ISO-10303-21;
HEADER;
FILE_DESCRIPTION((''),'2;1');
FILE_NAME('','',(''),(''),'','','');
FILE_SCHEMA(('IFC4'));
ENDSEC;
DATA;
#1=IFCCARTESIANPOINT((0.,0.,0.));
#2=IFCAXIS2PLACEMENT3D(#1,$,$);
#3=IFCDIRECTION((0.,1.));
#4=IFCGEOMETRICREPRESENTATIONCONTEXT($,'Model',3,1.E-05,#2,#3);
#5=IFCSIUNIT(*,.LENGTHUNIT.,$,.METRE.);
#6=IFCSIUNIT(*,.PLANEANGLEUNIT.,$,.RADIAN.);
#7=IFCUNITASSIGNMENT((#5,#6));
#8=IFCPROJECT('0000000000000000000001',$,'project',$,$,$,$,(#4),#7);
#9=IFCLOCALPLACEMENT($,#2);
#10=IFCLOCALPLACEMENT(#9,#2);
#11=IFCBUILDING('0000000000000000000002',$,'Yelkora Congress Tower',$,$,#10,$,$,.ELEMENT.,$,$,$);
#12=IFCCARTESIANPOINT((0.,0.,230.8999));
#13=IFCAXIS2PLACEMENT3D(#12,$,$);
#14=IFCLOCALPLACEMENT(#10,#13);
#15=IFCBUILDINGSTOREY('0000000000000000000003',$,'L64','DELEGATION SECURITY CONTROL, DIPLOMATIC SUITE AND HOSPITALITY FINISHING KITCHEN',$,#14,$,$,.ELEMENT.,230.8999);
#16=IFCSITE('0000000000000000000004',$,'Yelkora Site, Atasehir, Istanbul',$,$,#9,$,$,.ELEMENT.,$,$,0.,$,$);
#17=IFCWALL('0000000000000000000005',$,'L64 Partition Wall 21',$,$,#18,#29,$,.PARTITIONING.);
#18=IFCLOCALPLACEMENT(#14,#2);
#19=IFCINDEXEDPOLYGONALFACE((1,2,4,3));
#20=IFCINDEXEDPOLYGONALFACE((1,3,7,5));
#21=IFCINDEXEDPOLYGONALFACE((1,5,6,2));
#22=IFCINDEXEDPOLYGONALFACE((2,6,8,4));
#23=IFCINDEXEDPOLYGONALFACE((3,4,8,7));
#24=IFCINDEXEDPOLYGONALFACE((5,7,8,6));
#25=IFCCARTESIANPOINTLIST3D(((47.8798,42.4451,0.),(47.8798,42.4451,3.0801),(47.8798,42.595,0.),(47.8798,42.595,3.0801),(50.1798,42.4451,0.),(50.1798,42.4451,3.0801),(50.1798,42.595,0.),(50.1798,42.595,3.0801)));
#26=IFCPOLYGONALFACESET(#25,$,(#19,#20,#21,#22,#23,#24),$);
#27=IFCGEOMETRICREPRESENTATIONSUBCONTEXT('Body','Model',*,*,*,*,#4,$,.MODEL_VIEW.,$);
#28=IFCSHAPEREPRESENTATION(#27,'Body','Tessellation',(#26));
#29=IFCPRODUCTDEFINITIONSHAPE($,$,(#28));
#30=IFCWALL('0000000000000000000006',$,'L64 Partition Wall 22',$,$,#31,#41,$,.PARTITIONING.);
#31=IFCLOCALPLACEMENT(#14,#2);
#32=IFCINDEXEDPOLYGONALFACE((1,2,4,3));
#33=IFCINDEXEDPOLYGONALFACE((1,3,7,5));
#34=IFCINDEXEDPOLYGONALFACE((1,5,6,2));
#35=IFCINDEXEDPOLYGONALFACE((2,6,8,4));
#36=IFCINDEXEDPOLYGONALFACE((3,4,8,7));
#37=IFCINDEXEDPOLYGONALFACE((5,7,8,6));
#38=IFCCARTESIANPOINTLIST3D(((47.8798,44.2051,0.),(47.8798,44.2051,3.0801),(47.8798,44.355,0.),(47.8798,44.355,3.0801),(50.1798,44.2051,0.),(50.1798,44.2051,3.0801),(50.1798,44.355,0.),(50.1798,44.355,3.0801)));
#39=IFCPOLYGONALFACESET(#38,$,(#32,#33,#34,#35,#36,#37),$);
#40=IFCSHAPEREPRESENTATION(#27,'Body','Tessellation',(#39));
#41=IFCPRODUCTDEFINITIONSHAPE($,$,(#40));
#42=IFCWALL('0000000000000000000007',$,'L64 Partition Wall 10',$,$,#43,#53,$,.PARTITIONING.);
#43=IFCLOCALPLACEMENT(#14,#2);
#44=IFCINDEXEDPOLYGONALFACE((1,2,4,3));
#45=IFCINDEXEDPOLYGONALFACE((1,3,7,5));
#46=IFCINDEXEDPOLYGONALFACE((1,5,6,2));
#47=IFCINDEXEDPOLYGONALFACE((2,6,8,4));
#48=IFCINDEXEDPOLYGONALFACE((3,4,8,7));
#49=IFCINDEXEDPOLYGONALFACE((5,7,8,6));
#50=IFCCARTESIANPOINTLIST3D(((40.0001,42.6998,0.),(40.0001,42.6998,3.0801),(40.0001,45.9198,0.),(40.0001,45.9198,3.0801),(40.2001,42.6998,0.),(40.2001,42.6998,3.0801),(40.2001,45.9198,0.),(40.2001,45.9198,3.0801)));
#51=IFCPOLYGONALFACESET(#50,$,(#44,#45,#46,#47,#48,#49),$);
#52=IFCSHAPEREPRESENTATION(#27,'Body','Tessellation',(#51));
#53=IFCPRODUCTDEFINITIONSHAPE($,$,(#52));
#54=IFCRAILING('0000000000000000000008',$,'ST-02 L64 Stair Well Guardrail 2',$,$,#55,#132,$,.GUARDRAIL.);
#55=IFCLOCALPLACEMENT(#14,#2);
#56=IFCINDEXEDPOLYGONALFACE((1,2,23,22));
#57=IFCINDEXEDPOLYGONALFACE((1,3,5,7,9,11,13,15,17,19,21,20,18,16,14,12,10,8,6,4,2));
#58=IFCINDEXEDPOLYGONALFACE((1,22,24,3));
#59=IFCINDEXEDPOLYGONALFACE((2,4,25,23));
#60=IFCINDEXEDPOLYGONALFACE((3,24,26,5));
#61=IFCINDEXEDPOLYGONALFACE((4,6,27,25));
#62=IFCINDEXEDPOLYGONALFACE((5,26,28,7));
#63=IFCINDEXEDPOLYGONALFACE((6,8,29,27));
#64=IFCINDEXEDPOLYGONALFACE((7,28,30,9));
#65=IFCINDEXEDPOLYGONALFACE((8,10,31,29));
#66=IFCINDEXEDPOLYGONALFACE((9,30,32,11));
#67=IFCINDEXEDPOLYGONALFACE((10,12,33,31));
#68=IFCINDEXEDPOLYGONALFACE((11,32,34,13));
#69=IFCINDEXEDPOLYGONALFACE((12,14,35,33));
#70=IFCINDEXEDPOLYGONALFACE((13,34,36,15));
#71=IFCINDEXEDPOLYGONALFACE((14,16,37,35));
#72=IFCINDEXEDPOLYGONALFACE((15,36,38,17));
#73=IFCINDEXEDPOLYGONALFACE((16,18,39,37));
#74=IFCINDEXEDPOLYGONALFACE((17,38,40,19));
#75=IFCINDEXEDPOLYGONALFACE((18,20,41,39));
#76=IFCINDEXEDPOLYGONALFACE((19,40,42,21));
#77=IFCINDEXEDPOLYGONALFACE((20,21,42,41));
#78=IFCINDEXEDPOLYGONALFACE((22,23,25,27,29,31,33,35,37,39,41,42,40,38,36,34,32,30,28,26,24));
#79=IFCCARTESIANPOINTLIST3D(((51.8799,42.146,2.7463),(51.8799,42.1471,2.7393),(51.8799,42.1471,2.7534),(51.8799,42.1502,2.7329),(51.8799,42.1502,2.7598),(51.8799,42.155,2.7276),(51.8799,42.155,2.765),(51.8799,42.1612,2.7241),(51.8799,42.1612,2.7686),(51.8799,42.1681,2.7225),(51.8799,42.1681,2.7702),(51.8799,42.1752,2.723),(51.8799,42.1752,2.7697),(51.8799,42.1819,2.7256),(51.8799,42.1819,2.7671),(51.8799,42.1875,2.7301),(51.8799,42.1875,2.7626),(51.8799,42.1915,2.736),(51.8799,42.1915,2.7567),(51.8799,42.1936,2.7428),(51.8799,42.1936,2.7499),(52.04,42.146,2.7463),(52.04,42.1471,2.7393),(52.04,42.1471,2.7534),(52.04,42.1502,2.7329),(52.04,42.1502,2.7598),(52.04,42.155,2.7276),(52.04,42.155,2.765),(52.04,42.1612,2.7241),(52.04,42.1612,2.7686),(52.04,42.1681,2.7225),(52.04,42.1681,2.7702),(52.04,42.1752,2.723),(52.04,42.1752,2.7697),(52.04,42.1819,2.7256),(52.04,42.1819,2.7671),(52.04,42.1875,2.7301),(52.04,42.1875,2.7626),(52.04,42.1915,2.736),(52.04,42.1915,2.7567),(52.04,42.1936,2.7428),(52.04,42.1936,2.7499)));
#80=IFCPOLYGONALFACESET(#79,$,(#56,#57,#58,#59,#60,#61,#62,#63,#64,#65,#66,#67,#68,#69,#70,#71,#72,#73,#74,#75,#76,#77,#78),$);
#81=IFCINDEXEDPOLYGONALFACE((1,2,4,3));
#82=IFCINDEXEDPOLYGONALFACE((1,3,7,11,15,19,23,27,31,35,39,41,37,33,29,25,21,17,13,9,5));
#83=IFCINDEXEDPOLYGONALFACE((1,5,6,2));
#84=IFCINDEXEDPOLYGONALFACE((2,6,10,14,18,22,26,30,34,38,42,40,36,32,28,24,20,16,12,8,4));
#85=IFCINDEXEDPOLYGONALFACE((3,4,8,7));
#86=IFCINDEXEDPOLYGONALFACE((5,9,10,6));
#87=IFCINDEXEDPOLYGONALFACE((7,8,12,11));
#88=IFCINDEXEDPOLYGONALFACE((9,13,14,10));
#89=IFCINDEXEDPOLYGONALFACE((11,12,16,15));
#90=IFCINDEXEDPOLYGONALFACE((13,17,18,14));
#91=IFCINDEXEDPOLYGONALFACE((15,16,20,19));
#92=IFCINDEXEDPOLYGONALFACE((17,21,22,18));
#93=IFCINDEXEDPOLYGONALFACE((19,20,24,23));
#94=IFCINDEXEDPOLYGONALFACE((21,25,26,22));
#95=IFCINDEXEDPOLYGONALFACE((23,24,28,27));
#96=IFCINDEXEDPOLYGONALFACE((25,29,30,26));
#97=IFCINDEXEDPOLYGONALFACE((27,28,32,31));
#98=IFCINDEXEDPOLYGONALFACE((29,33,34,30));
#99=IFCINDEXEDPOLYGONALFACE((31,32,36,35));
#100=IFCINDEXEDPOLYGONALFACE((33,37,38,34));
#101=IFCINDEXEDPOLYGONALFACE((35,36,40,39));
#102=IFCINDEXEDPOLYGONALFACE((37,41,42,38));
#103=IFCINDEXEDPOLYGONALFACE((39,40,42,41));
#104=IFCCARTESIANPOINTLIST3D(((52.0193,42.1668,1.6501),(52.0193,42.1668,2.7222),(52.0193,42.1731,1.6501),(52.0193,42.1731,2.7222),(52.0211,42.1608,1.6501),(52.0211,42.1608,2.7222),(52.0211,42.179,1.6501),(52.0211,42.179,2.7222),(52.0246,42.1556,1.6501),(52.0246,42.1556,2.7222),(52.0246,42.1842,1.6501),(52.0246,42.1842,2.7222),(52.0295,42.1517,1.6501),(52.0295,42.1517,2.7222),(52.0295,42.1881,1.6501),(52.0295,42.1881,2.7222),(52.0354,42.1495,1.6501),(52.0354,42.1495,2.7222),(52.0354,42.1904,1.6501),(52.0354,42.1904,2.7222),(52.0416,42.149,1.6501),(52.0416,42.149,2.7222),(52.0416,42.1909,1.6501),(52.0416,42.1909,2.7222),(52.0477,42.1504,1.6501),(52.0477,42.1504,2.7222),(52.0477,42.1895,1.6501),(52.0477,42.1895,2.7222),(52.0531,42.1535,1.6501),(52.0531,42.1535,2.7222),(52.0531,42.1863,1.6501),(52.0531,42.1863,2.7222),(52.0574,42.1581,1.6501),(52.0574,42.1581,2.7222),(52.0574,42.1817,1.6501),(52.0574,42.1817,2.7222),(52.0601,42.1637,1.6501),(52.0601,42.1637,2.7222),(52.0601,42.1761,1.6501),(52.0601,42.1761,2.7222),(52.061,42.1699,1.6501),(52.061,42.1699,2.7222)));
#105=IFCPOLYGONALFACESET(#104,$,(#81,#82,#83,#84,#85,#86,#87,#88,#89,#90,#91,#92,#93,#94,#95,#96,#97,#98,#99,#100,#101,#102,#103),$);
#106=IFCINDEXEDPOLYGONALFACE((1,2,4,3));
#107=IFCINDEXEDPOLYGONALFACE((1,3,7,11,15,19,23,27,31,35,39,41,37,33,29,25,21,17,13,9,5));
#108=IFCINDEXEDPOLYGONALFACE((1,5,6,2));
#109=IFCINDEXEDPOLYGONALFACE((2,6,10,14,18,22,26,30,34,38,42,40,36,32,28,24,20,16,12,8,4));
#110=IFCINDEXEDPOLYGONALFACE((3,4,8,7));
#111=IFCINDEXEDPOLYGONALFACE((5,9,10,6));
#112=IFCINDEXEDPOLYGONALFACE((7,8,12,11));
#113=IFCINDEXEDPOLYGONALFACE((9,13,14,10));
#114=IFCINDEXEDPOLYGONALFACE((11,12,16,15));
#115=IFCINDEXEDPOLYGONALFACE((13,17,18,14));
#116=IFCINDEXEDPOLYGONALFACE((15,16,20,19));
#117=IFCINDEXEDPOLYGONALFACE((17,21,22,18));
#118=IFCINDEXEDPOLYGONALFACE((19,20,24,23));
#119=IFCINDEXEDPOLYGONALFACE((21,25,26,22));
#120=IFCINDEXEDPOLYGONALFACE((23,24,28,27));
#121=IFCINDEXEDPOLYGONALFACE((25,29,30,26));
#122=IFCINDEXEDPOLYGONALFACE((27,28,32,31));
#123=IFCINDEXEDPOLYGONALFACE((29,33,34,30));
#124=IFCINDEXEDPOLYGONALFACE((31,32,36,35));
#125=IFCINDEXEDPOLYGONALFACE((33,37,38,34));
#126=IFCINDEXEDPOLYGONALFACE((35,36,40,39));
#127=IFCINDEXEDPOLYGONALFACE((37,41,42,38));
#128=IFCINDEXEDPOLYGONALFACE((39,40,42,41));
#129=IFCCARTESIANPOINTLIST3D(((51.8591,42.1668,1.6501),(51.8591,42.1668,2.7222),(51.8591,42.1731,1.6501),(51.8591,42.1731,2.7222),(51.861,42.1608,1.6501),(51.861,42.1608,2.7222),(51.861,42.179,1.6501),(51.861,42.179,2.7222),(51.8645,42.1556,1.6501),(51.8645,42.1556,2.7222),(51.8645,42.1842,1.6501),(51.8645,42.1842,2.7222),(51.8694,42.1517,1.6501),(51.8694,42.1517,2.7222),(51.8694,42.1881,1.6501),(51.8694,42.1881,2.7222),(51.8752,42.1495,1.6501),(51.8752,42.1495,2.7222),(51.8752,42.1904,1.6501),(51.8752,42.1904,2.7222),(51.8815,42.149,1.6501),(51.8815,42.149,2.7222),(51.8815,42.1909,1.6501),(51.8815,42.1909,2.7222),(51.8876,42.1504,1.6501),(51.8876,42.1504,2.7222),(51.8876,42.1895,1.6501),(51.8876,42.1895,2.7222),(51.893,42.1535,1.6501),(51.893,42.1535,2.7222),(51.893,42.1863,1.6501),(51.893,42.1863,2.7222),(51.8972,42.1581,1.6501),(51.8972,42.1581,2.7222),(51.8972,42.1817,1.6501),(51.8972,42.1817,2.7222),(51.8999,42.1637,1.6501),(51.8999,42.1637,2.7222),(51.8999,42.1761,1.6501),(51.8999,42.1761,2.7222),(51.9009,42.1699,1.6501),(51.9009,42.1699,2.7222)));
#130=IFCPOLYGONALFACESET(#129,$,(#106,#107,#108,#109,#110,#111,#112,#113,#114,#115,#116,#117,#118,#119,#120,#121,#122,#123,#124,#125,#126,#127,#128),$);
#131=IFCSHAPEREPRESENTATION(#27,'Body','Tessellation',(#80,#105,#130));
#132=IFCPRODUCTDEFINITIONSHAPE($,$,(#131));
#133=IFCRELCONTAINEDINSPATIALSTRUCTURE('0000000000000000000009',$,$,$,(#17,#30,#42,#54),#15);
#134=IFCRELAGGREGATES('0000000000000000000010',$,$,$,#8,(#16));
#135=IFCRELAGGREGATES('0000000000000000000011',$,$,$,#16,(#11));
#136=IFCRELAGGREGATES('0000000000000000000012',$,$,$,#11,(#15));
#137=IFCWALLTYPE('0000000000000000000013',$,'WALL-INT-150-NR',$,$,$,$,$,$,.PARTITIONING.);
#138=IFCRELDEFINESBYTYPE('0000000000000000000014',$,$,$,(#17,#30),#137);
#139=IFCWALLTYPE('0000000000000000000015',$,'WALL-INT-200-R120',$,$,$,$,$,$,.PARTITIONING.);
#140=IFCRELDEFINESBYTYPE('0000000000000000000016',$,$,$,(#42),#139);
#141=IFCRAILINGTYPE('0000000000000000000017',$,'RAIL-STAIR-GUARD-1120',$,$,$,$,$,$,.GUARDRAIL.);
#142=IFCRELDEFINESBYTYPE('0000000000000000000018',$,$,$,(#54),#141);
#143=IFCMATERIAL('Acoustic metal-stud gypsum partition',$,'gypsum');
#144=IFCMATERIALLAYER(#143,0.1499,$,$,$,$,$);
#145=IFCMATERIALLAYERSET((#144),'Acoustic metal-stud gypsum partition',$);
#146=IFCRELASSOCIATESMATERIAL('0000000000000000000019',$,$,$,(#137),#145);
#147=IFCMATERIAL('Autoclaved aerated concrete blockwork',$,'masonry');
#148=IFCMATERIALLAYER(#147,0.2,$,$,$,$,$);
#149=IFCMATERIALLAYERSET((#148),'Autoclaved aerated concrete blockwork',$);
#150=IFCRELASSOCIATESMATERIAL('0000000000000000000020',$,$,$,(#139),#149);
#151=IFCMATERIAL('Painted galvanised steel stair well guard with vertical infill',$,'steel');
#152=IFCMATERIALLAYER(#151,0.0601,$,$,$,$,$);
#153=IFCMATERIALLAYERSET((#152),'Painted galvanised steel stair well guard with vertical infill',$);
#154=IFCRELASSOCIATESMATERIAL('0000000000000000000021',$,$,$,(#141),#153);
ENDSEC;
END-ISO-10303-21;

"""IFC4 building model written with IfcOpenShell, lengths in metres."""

from ifc_helpers import new_model, si_unit, direction, frame, frame_2d, origin, origin_2d, place, context, subcontext, project, spatial, rectangle, circle, extrude, material, layer, layer_set, type_object, element, save


model = new_model("IFC4")

# Units and contexts
model_context = context("Model", 3, precision=1e-05, world=origin(), true_north=direction((0.0, 1.0)))
body_context = subcontext(model_context, "Body", "Model", "MODEL_VIEW")
ifc_project = project(units=[si_unit("LENGTHUNIT", "METRE"), si_unit("PLANEANGLEUNIT", "RADIAN")], contexts=[model_context])

# Site, building, storey
site_placement = place(None, origin())
site = spatial("IfcSite", under=ifc_project, at=site_placement, Name="Yelkora Site, Atasehir, Istanbul", CompositionType="ELEMENT", RefElevation=0.0)
building_placement = place(site_placement, origin())
building = spatial("IfcBuilding", under=site, at=building_placement, Name="Yelkora Congress Tower", CompositionType="ELEMENT")
storey_placement = place(building_placement, frame((0.0, 0.0, 230.8999)))
storey = spatial("IfcBuildingStorey", under=building, at=storey_placement, Name="L64", Description="DELEGATION SECURITY CONTROL, DIPLOMATIC SUITE AND HOSPITALITY FINISHING KITCHEN", CompositionType="ELEMENT", Elevation=230.8999)

# Walls
ifc_material_1 = material(Name="Acoustic metal-stud gypsum partition", Category="gypsum")
ifc_layer_1 = layer(ifc_material_1, 0.1499)
ifc_layer_set_1 = layer_set([ifc_layer_1], Name="Acoustic metal-stud gypsum partition")
wall_type_1 = type_object("IfcWallType", Name="WALL-INT-150-NR", PredefinedType="PARTITIONING", material=ifc_layer_set_1)
for number, where, z_axis, x_axis, name in (
    (1, (47.8799, 42.52, 0.0), (0.0, 0.0, 1.0), (1.0, 0.0, 0.0), "L64 Partition Wall 21"),
    (2, (47.8799, 44.28, 0.0), (0.0, 0.0, 1.0), (1.0, 0.0, 0.0), "L64 Partition Wall 22"),
):
    element("IfcWall", number, at=place(storey_placement, frame(where, z_axis=z_axis, x_axis=x_axis)), inside=storey, type_object=wall_type_1, Name=name, PredefinedType="PARTITIONING", context=body_context, shape_type="SweptSolid", body=[
        extrude(rectangle(XDim=2.3, YDim=0.1499, at=frame_2d((1.1499, 0.0))), origin(), (0.0, 0.0, 1.0), 3.0801),
    ])
ifc_material_2 = material(Name="Autoclaved aerated concrete blockwork", Category="masonry")
ifc_layer_2 = layer(ifc_material_2, 0.2)
ifc_layer_set_2 = layer_set([ifc_layer_2], Name="Autoclaved aerated concrete blockwork")
wall_type_2 = type_object("IfcWallType", Name="WALL-INT-200-R120", PredefinedType="PARTITIONING", material=ifc_layer_set_2)
wall_placement = place(storey_placement, frame((40.1001, 42.7, 0.0), z_axis=(0.0, 0.0, 1.0), x_axis=(0.0, 1.0, 0.0)))
element("IfcWall", 3, at=wall_placement, inside=storey, type_object=wall_type_2, Name="L64 Partition Wall 10", PredefinedType="PARTITIONING", context=body_context, shape_type="SweptSolid", body=[
    extrude(rectangle(XDim=3.22, YDim=0.2, at=frame_2d((1.6099, 0.0))), origin(), (0.0, 0.0, 1.0), 3.0801),
])

# Railing
ifc_material_3 = material(Name="Painted galvanised steel stair well guard with vertical infill", Category="steel")
ifc_layer_3 = layer(ifc_material_3, 0.0601)
ifc_layer_set_3 = layer_set([ifc_layer_3], Name="Painted galvanised steel stair well guard with vertical infill")
railing_type = type_object("IfcRailingType", Name="RAIL-STAIR-GUARD-1120", PredefinedType="GUARDRAIL", material=ifc_layer_set_3)
railing_1_placement = place(storey_placement, frame((52.04, 42.1699, 1.6501)))
element("IfcRailing", 4, at=railing_1_placement, inside=storey, type_object=railing_type, Name="ST-02 L64 Stair Well Guardrail 2", PredefinedType="GUARDRAIL", context=body_context, shape_type="SweptSolid", body=[
    extrude(circle(Radius=0.0239, at=origin_2d()), frame((0.0, 0.0, 1.0962), z_axis=(-1.0, 0.0, 0.0), x_axis=(0.0, -1.0, 0.0)), (0.0, 0.0, 1.0), 0.1602),
    extrude(circle(Radius=0.021, at=origin_2d()), origin(), (0.0, 0.0, 1.0), 1.072),
    extrude(circle(Radius=0.021, at=origin_2d()), frame((-0.1602, 0.0, 0.0)), (0.0, 0.0, 1.0), 1.072),
])

save(model, "model.ifc")
